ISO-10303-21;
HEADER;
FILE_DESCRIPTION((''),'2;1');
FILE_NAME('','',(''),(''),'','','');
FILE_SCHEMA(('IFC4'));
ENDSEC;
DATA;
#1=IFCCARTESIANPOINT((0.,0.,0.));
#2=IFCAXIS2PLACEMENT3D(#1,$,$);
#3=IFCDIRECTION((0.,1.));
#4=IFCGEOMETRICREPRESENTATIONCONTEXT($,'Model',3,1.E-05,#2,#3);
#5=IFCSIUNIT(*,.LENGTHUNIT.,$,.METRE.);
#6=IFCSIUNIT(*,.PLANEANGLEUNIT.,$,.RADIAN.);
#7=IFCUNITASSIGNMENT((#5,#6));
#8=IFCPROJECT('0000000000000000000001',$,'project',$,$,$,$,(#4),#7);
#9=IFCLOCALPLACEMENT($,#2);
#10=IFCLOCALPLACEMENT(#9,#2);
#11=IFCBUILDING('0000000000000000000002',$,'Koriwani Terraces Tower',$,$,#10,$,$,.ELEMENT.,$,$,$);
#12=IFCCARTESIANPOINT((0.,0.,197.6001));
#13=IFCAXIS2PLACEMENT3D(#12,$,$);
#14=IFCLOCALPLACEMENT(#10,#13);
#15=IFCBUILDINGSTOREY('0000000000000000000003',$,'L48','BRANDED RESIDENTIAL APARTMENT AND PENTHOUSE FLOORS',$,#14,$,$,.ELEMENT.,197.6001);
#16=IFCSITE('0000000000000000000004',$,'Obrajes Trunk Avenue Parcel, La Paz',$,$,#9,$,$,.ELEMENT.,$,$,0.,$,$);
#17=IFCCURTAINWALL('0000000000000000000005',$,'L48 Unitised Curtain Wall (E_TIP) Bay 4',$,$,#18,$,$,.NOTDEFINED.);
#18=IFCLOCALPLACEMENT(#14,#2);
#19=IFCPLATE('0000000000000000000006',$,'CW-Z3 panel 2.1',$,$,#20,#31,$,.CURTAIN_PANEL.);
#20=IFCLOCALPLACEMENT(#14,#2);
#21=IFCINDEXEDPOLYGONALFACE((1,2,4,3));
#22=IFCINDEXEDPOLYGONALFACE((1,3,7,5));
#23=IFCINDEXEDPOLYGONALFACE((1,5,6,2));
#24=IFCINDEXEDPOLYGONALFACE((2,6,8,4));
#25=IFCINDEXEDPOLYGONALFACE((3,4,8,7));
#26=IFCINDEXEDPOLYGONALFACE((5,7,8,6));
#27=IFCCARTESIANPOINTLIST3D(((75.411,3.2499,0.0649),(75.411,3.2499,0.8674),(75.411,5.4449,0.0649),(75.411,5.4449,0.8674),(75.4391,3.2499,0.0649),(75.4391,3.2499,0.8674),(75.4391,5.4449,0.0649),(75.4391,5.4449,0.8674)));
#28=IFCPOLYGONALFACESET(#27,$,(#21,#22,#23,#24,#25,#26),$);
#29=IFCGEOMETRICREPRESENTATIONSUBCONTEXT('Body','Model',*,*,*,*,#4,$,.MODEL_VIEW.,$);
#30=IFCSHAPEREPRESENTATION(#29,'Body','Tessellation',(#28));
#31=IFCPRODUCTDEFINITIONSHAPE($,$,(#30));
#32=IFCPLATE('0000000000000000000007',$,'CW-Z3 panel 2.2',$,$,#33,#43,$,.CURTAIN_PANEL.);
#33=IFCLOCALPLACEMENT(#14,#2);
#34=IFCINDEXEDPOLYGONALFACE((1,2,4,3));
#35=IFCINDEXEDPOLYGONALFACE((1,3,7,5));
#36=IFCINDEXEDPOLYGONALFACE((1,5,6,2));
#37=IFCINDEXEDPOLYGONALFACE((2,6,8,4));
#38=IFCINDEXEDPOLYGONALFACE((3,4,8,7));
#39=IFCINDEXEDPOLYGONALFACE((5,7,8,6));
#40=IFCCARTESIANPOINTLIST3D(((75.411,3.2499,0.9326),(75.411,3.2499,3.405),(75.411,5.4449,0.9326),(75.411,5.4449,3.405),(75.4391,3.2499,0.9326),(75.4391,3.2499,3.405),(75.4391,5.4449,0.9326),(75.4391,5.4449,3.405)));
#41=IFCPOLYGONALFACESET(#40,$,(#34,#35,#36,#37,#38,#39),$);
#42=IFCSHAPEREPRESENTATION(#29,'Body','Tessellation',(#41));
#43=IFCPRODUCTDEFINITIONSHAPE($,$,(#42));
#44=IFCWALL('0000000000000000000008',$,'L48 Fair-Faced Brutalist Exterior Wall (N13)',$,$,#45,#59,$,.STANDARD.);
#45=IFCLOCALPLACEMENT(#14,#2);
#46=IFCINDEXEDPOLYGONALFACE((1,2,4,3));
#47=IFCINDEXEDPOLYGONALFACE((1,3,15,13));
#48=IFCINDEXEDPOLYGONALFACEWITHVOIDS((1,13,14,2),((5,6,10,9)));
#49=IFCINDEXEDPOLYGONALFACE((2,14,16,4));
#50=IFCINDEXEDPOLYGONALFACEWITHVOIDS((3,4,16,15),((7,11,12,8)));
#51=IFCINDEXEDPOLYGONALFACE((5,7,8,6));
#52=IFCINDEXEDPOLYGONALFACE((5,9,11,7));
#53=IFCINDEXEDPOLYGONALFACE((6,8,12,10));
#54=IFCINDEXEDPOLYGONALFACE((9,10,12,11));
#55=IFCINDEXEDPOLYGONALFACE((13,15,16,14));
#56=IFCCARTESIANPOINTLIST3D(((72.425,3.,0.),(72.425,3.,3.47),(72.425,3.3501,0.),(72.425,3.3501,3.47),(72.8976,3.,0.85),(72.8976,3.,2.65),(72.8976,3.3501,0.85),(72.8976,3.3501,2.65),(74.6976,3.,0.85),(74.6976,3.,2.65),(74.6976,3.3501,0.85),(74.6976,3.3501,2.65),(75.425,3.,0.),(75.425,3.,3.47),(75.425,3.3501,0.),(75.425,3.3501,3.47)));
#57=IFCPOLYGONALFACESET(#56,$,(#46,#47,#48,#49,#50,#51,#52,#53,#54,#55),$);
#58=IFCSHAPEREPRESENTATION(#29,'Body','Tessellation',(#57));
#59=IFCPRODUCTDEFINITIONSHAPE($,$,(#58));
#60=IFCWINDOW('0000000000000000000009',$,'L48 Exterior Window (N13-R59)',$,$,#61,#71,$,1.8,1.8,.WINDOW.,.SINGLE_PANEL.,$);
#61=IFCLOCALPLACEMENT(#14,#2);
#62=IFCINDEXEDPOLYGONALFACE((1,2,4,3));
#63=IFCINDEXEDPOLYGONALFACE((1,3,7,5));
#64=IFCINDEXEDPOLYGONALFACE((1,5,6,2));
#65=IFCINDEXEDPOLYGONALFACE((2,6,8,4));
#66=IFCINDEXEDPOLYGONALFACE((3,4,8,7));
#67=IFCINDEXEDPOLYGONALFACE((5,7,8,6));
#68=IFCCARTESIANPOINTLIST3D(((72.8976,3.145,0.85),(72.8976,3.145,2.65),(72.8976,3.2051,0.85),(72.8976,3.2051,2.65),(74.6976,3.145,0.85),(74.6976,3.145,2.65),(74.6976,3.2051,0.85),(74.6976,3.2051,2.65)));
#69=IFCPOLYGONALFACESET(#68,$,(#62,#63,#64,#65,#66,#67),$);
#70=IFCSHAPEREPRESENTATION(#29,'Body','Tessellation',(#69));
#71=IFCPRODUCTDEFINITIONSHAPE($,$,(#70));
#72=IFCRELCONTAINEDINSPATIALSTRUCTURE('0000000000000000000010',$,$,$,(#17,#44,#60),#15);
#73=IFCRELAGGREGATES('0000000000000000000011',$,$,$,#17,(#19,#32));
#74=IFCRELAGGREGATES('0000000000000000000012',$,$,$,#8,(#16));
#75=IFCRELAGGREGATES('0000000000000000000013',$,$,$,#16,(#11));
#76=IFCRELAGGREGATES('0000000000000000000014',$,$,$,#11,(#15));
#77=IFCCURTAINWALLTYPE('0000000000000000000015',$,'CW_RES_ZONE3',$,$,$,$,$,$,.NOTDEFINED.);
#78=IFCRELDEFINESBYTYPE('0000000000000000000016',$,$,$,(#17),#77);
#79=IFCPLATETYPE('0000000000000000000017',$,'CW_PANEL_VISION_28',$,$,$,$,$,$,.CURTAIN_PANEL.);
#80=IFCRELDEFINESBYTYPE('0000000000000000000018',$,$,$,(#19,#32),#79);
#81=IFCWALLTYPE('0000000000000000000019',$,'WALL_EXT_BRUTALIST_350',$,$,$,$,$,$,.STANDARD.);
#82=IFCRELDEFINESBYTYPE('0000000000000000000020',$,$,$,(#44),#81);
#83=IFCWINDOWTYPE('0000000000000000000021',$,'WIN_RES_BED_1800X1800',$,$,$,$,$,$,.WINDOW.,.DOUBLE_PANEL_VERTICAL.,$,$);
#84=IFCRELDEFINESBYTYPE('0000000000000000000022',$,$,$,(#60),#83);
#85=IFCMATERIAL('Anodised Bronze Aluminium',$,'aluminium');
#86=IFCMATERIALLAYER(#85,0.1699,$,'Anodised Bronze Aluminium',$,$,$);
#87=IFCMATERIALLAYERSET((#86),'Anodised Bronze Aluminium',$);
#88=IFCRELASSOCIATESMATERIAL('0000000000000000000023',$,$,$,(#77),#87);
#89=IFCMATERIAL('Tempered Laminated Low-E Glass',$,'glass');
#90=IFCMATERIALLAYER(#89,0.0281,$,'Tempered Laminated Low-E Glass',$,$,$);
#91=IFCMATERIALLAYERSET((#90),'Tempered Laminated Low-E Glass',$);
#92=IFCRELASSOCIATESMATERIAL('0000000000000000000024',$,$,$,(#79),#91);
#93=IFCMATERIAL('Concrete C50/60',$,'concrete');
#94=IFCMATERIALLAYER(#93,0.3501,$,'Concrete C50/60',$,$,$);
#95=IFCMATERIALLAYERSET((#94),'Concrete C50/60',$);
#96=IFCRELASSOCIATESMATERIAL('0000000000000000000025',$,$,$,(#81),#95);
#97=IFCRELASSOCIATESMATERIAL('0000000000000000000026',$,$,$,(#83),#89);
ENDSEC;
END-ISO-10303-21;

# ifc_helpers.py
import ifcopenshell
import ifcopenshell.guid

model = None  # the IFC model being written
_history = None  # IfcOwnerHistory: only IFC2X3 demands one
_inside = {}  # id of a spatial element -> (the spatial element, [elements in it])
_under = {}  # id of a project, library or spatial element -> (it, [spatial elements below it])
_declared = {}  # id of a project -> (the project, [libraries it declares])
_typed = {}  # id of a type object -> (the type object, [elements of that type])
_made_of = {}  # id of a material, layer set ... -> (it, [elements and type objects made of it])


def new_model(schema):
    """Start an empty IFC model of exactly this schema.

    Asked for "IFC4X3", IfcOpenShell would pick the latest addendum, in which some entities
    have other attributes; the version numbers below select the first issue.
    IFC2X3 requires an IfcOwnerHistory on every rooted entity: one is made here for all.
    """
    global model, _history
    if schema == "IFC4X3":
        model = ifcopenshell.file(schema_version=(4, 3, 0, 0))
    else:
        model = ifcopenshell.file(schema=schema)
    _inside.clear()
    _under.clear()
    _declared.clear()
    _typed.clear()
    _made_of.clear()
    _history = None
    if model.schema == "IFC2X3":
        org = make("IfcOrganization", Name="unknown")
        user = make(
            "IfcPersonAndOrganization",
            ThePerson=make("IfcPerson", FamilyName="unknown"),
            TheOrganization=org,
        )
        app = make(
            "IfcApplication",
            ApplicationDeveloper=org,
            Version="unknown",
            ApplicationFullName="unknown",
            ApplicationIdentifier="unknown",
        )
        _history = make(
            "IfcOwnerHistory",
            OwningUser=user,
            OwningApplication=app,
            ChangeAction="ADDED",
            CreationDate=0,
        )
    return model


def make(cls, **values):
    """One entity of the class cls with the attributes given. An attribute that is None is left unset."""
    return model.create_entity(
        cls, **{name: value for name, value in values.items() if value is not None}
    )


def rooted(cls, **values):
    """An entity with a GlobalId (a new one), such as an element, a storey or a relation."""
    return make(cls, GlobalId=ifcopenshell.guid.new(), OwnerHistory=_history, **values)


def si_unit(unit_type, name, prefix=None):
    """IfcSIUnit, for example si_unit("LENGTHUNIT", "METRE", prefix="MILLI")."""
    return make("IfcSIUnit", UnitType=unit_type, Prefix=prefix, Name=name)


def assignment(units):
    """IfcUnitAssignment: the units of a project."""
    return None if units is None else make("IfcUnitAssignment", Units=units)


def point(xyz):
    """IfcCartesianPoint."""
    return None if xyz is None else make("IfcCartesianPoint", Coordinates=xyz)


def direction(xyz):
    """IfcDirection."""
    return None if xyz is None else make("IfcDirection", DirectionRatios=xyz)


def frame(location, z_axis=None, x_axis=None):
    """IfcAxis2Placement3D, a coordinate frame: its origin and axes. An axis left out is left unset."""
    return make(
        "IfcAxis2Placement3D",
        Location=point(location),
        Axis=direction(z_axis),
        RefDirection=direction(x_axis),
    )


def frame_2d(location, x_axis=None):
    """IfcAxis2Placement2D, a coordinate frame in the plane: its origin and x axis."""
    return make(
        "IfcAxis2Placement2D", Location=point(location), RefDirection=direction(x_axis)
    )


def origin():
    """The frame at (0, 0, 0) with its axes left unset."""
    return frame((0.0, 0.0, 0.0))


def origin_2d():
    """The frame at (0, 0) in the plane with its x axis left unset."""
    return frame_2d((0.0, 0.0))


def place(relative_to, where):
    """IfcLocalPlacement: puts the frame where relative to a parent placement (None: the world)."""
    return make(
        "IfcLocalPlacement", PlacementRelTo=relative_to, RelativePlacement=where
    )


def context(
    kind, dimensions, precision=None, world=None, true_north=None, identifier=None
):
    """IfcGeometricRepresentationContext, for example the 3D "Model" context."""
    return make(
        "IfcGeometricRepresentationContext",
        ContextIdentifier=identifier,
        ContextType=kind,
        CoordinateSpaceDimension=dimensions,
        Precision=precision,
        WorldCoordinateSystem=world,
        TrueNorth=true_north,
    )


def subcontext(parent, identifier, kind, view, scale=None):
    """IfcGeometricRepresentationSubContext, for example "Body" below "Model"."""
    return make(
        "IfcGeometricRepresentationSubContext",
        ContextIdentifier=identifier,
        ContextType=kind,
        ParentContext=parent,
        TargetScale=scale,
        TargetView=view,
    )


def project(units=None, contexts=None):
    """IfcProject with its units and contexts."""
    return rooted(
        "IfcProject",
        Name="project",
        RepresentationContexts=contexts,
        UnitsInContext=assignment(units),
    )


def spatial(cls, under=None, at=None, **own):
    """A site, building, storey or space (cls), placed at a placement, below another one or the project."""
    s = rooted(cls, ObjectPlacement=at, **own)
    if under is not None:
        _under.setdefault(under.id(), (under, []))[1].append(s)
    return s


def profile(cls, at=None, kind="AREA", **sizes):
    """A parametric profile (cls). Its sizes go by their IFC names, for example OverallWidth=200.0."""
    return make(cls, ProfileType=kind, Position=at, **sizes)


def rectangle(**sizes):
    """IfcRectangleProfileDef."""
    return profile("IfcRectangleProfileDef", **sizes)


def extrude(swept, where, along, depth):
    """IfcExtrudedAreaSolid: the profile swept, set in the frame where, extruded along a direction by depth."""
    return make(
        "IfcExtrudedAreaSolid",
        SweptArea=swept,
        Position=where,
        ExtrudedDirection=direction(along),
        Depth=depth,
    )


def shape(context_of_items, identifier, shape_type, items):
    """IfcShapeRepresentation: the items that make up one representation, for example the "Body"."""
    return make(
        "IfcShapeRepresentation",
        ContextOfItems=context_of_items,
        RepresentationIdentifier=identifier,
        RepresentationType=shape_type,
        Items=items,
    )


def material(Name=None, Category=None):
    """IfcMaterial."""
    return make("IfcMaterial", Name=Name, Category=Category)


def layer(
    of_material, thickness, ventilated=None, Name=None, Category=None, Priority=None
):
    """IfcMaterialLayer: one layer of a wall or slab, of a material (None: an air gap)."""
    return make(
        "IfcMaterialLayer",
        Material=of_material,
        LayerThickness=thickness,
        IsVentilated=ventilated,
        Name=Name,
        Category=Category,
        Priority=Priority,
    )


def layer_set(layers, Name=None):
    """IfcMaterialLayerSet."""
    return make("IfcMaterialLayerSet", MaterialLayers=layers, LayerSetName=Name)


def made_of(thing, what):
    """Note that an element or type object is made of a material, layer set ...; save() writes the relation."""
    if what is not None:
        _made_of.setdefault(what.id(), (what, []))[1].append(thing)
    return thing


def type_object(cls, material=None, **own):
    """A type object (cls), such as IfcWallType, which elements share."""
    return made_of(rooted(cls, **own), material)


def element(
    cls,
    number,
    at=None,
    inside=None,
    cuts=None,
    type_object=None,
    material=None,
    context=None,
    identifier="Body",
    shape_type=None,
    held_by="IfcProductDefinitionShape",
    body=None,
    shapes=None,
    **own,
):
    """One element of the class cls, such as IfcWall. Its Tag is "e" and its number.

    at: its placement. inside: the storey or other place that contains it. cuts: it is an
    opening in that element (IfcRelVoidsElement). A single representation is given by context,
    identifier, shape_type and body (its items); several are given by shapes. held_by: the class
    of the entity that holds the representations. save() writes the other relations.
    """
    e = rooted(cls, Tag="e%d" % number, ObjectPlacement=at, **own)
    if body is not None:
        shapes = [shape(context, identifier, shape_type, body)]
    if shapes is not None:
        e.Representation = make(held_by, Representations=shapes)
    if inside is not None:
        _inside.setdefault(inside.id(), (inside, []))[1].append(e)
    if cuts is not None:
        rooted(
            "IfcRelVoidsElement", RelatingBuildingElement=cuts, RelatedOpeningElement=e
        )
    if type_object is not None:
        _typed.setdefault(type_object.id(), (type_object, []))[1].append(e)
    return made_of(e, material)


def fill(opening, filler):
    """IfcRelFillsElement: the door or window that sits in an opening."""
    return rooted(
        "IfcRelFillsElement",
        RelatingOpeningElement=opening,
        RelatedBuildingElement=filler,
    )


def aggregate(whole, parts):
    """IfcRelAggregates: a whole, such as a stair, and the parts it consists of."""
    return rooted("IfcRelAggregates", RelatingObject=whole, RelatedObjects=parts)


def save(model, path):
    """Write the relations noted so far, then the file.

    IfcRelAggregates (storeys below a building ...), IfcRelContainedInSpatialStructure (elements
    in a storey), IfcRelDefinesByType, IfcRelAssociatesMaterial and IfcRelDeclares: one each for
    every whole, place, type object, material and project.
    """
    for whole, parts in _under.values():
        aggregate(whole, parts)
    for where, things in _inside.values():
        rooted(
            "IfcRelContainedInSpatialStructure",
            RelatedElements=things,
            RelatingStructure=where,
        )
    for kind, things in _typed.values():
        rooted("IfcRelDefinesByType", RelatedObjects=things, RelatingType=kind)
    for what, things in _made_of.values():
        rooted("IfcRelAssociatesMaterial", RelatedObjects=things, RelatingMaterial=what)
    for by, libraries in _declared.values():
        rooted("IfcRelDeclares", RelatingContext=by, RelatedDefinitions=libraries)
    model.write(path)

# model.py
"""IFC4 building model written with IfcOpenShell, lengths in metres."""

from ifc_helpers import new_model, si_unit, direction, frame, frame_2d, origin, origin_2d, place, context, subcontext, project, spatial, rectangle, extrude, material, layer, layer_set, type_object, element, fill, aggregate, save


model = new_model("IFC4")

# Units and contexts
model_context = context("Model", 3, precision=1e-05, world=origin(), true_north=direction((0.0, 1.0)))
body_context = subcontext(model_context, "Body", "Model", "MODEL_VIEW")
ifc_project = project(units=[si_unit("LENGTHUNIT", "METRE"), si_unit("PLANEANGLEUNIT", "RADIAN")], contexts=[model_context])

# Site, building, storey
site_placement = place(None, origin())
site = spatial("IfcSite", under=ifc_project, at=site_placement, Name="Obrajes Trunk Avenue Parcel, La Paz", CompositionType="ELEMENT", RefElevation=0.0)
building_placement = place(site_placement, origin())
building = spatial("IfcBuilding", under=site, at=building_placement, Name="Koriwani Terraces Tower", CompositionType="ELEMENT")
storey_placement = place(building_placement, frame((0.0, 0.0, 197.6001)))
storey = spatial("IfcBuildingStorey", under=building, at=storey_placement, Name="L48", Description="BRANDED RESIDENTIAL APARTMENT AND PENTHOUSE FLOORS", CompositionType="ELEMENT", Elevation=197.6001)

# Curtain wall, plates
ifc_material_1 = material(Name="Anodised Bronze Aluminium", Category="aluminium")
ifc_layer_1 = layer(ifc_material_1, 0.1699, Name="Anodised Bronze Aluminium")
ifc_layer_set_1 = layer_set([ifc_layer_1], Name="Anodised Bronze Aluminium")
curtain_wall_type = type_object("IfcCurtainWallType", Name="CW_RES_ZONE3", PredefinedType="NOTDEFINED", material=ifc_layer_set_1)
curtain_wall_placement = place(storey_placement, origin())
curtain_wall = element("IfcCurtainWall", 1, at=curtain_wall_placement, inside=storey, type_object=curtain_wall_type, Name="L48 Unitised Curtain Wall (E_TIP) Bay 4", PredefinedType="NOTDEFINED")
ifc_material_2 = material(Name="Tempered Laminated Low-E Glass", Category="glass")
ifc_layer_2 = layer(ifc_material_2, 0.0281, Name="Tempered Laminated Low-E Glass")
ifc_layer_set_2 = layer_set([ifc_layer_2], Name="Tempered Laminated Low-E Glass")
plate_type = type_object("IfcPlateType", Name="CW_PANEL_VISION_28", PredefinedType="CURTAIN_PANEL", material=ifc_layer_set_2)
plate_1_placement = place(storey_placement, frame((75.425, 4.3474, 0.0649), z_axis=(0.0, 0.0, 1.0), x_axis=(0.0, -1.0, 0.0)))
plate_1 = element("IfcPlate", 2, at=plate_1_placement, type_object=plate_type, Name="CW-Z3 panel 2.1", PredefinedType="CURTAIN_PANEL", context=body_context, shape_type="SweptSolid", body=[
    extrude(rectangle(XDim=2.1951, YDim=0.0281, at=origin_2d()), origin(), (0.0, 0.0, 1.0), 0.8025),
])
plate_2_placement = place(storey_placement, frame((75.425, 4.3474, 0.9326), z_axis=(0.0, 0.0, 1.0), x_axis=(0.0, -1.0, 0.0)))
plate_2 = element("IfcPlate", 3, at=plate_2_placement, type_object=plate_type, Name="CW-Z3 panel 2.2", PredefinedType="CURTAIN_PANEL", context=body_context, shape_type="SweptSolid", body=[
    extrude(rectangle(XDim=2.1951, YDim=0.0281, at=origin_2d()), origin(), (0.0, 0.0, 1.0), 2.4724),
])
aggregate(curtain_wall, [plate_1, plate_2])

# Wall, opening, window
ifc_material_3 = material(Name="Concrete C50/60", Category="concrete")
ifc_layer_3 = layer(ifc_material_3, 0.3501, Name="Concrete C50/60")
ifc_layer_set_3 = layer_set([ifc_layer_3], Name="Concrete C50/60")
wall_type = type_object("IfcWallType", Name="WALL_EXT_BRUTALIST_350", PredefinedType="STANDARD", material=ifc_layer_set_3)
wall_placement = place(storey_placement, frame((75.425, 3.175, 0.0), z_axis=(0.0, 0.0, 1.0), x_axis=(-1.0, 0.0, 0.0)))
wall = element("IfcWall", 4, at=wall_placement, inside=storey, type_object=wall_type, Name="L48 Fair-Faced Brutalist Exterior Wall (N13)", PredefinedType="STANDARD", context=body_context, shape_type="SweptSolid", body=[
    extrude(rectangle(XDim=3.0, YDim=0.3501, at=frame_2d((1.5, 0.0))), origin(), (0.0, 0.0, 1.0), 3.47),
])
opening_placement = place(wall_placement, frame((0.7275, 0.0, 0.8501)))
opening = element("IfcOpeningElement", 5, at=opening_placement, cuts=wall, PredefinedType="OPENING", context=body_context, shape_type="SweptSolid", body=[
    extrude(rectangle(XDim=1.8, YDim=1.8, at=frame_2d((0.8999, 0.8999))), frame((0.0, 0.1851, 0.0), z_axis=(0.0, -1.0, 0.0), x_axis=(1.0, 0.0, 0.0)), (0.0, 0.0, 1.0), 0.3701),
])
window_type = type_object("IfcWindowType", Name="WIN_RES_BED_1800X1800", PartitioningType="DOUBLE_PANEL_VERTICAL", PredefinedType="WINDOW", material=ifc_material_2)
window_placement = place(opening_placement, origin())
window = element("IfcWindow", 6, at=window_placement, inside=storey, type_object=window_type, Name="L48 Exterior Window (N13-R59)", OverallHeight=1.8, OverallWidth=1.8, PartitioningType="SINGLE_PANEL", PredefinedType="WINDOW", context=body_context, shape_type="SweptSolid", body=[
    extrude(rectangle(XDim=1.8, YDim=1.8, at=frame_2d((0.8999, 0.8999))), frame((0.0, 0.03, 0.0), z_axis=(0.0, -1.0, 0.0), x_axis=(1.0, 0.0, 0.0)), (0.0, 0.0, 1.0), 0.0601),
])
fill(opening, window)

save(model, "model.ifc")
